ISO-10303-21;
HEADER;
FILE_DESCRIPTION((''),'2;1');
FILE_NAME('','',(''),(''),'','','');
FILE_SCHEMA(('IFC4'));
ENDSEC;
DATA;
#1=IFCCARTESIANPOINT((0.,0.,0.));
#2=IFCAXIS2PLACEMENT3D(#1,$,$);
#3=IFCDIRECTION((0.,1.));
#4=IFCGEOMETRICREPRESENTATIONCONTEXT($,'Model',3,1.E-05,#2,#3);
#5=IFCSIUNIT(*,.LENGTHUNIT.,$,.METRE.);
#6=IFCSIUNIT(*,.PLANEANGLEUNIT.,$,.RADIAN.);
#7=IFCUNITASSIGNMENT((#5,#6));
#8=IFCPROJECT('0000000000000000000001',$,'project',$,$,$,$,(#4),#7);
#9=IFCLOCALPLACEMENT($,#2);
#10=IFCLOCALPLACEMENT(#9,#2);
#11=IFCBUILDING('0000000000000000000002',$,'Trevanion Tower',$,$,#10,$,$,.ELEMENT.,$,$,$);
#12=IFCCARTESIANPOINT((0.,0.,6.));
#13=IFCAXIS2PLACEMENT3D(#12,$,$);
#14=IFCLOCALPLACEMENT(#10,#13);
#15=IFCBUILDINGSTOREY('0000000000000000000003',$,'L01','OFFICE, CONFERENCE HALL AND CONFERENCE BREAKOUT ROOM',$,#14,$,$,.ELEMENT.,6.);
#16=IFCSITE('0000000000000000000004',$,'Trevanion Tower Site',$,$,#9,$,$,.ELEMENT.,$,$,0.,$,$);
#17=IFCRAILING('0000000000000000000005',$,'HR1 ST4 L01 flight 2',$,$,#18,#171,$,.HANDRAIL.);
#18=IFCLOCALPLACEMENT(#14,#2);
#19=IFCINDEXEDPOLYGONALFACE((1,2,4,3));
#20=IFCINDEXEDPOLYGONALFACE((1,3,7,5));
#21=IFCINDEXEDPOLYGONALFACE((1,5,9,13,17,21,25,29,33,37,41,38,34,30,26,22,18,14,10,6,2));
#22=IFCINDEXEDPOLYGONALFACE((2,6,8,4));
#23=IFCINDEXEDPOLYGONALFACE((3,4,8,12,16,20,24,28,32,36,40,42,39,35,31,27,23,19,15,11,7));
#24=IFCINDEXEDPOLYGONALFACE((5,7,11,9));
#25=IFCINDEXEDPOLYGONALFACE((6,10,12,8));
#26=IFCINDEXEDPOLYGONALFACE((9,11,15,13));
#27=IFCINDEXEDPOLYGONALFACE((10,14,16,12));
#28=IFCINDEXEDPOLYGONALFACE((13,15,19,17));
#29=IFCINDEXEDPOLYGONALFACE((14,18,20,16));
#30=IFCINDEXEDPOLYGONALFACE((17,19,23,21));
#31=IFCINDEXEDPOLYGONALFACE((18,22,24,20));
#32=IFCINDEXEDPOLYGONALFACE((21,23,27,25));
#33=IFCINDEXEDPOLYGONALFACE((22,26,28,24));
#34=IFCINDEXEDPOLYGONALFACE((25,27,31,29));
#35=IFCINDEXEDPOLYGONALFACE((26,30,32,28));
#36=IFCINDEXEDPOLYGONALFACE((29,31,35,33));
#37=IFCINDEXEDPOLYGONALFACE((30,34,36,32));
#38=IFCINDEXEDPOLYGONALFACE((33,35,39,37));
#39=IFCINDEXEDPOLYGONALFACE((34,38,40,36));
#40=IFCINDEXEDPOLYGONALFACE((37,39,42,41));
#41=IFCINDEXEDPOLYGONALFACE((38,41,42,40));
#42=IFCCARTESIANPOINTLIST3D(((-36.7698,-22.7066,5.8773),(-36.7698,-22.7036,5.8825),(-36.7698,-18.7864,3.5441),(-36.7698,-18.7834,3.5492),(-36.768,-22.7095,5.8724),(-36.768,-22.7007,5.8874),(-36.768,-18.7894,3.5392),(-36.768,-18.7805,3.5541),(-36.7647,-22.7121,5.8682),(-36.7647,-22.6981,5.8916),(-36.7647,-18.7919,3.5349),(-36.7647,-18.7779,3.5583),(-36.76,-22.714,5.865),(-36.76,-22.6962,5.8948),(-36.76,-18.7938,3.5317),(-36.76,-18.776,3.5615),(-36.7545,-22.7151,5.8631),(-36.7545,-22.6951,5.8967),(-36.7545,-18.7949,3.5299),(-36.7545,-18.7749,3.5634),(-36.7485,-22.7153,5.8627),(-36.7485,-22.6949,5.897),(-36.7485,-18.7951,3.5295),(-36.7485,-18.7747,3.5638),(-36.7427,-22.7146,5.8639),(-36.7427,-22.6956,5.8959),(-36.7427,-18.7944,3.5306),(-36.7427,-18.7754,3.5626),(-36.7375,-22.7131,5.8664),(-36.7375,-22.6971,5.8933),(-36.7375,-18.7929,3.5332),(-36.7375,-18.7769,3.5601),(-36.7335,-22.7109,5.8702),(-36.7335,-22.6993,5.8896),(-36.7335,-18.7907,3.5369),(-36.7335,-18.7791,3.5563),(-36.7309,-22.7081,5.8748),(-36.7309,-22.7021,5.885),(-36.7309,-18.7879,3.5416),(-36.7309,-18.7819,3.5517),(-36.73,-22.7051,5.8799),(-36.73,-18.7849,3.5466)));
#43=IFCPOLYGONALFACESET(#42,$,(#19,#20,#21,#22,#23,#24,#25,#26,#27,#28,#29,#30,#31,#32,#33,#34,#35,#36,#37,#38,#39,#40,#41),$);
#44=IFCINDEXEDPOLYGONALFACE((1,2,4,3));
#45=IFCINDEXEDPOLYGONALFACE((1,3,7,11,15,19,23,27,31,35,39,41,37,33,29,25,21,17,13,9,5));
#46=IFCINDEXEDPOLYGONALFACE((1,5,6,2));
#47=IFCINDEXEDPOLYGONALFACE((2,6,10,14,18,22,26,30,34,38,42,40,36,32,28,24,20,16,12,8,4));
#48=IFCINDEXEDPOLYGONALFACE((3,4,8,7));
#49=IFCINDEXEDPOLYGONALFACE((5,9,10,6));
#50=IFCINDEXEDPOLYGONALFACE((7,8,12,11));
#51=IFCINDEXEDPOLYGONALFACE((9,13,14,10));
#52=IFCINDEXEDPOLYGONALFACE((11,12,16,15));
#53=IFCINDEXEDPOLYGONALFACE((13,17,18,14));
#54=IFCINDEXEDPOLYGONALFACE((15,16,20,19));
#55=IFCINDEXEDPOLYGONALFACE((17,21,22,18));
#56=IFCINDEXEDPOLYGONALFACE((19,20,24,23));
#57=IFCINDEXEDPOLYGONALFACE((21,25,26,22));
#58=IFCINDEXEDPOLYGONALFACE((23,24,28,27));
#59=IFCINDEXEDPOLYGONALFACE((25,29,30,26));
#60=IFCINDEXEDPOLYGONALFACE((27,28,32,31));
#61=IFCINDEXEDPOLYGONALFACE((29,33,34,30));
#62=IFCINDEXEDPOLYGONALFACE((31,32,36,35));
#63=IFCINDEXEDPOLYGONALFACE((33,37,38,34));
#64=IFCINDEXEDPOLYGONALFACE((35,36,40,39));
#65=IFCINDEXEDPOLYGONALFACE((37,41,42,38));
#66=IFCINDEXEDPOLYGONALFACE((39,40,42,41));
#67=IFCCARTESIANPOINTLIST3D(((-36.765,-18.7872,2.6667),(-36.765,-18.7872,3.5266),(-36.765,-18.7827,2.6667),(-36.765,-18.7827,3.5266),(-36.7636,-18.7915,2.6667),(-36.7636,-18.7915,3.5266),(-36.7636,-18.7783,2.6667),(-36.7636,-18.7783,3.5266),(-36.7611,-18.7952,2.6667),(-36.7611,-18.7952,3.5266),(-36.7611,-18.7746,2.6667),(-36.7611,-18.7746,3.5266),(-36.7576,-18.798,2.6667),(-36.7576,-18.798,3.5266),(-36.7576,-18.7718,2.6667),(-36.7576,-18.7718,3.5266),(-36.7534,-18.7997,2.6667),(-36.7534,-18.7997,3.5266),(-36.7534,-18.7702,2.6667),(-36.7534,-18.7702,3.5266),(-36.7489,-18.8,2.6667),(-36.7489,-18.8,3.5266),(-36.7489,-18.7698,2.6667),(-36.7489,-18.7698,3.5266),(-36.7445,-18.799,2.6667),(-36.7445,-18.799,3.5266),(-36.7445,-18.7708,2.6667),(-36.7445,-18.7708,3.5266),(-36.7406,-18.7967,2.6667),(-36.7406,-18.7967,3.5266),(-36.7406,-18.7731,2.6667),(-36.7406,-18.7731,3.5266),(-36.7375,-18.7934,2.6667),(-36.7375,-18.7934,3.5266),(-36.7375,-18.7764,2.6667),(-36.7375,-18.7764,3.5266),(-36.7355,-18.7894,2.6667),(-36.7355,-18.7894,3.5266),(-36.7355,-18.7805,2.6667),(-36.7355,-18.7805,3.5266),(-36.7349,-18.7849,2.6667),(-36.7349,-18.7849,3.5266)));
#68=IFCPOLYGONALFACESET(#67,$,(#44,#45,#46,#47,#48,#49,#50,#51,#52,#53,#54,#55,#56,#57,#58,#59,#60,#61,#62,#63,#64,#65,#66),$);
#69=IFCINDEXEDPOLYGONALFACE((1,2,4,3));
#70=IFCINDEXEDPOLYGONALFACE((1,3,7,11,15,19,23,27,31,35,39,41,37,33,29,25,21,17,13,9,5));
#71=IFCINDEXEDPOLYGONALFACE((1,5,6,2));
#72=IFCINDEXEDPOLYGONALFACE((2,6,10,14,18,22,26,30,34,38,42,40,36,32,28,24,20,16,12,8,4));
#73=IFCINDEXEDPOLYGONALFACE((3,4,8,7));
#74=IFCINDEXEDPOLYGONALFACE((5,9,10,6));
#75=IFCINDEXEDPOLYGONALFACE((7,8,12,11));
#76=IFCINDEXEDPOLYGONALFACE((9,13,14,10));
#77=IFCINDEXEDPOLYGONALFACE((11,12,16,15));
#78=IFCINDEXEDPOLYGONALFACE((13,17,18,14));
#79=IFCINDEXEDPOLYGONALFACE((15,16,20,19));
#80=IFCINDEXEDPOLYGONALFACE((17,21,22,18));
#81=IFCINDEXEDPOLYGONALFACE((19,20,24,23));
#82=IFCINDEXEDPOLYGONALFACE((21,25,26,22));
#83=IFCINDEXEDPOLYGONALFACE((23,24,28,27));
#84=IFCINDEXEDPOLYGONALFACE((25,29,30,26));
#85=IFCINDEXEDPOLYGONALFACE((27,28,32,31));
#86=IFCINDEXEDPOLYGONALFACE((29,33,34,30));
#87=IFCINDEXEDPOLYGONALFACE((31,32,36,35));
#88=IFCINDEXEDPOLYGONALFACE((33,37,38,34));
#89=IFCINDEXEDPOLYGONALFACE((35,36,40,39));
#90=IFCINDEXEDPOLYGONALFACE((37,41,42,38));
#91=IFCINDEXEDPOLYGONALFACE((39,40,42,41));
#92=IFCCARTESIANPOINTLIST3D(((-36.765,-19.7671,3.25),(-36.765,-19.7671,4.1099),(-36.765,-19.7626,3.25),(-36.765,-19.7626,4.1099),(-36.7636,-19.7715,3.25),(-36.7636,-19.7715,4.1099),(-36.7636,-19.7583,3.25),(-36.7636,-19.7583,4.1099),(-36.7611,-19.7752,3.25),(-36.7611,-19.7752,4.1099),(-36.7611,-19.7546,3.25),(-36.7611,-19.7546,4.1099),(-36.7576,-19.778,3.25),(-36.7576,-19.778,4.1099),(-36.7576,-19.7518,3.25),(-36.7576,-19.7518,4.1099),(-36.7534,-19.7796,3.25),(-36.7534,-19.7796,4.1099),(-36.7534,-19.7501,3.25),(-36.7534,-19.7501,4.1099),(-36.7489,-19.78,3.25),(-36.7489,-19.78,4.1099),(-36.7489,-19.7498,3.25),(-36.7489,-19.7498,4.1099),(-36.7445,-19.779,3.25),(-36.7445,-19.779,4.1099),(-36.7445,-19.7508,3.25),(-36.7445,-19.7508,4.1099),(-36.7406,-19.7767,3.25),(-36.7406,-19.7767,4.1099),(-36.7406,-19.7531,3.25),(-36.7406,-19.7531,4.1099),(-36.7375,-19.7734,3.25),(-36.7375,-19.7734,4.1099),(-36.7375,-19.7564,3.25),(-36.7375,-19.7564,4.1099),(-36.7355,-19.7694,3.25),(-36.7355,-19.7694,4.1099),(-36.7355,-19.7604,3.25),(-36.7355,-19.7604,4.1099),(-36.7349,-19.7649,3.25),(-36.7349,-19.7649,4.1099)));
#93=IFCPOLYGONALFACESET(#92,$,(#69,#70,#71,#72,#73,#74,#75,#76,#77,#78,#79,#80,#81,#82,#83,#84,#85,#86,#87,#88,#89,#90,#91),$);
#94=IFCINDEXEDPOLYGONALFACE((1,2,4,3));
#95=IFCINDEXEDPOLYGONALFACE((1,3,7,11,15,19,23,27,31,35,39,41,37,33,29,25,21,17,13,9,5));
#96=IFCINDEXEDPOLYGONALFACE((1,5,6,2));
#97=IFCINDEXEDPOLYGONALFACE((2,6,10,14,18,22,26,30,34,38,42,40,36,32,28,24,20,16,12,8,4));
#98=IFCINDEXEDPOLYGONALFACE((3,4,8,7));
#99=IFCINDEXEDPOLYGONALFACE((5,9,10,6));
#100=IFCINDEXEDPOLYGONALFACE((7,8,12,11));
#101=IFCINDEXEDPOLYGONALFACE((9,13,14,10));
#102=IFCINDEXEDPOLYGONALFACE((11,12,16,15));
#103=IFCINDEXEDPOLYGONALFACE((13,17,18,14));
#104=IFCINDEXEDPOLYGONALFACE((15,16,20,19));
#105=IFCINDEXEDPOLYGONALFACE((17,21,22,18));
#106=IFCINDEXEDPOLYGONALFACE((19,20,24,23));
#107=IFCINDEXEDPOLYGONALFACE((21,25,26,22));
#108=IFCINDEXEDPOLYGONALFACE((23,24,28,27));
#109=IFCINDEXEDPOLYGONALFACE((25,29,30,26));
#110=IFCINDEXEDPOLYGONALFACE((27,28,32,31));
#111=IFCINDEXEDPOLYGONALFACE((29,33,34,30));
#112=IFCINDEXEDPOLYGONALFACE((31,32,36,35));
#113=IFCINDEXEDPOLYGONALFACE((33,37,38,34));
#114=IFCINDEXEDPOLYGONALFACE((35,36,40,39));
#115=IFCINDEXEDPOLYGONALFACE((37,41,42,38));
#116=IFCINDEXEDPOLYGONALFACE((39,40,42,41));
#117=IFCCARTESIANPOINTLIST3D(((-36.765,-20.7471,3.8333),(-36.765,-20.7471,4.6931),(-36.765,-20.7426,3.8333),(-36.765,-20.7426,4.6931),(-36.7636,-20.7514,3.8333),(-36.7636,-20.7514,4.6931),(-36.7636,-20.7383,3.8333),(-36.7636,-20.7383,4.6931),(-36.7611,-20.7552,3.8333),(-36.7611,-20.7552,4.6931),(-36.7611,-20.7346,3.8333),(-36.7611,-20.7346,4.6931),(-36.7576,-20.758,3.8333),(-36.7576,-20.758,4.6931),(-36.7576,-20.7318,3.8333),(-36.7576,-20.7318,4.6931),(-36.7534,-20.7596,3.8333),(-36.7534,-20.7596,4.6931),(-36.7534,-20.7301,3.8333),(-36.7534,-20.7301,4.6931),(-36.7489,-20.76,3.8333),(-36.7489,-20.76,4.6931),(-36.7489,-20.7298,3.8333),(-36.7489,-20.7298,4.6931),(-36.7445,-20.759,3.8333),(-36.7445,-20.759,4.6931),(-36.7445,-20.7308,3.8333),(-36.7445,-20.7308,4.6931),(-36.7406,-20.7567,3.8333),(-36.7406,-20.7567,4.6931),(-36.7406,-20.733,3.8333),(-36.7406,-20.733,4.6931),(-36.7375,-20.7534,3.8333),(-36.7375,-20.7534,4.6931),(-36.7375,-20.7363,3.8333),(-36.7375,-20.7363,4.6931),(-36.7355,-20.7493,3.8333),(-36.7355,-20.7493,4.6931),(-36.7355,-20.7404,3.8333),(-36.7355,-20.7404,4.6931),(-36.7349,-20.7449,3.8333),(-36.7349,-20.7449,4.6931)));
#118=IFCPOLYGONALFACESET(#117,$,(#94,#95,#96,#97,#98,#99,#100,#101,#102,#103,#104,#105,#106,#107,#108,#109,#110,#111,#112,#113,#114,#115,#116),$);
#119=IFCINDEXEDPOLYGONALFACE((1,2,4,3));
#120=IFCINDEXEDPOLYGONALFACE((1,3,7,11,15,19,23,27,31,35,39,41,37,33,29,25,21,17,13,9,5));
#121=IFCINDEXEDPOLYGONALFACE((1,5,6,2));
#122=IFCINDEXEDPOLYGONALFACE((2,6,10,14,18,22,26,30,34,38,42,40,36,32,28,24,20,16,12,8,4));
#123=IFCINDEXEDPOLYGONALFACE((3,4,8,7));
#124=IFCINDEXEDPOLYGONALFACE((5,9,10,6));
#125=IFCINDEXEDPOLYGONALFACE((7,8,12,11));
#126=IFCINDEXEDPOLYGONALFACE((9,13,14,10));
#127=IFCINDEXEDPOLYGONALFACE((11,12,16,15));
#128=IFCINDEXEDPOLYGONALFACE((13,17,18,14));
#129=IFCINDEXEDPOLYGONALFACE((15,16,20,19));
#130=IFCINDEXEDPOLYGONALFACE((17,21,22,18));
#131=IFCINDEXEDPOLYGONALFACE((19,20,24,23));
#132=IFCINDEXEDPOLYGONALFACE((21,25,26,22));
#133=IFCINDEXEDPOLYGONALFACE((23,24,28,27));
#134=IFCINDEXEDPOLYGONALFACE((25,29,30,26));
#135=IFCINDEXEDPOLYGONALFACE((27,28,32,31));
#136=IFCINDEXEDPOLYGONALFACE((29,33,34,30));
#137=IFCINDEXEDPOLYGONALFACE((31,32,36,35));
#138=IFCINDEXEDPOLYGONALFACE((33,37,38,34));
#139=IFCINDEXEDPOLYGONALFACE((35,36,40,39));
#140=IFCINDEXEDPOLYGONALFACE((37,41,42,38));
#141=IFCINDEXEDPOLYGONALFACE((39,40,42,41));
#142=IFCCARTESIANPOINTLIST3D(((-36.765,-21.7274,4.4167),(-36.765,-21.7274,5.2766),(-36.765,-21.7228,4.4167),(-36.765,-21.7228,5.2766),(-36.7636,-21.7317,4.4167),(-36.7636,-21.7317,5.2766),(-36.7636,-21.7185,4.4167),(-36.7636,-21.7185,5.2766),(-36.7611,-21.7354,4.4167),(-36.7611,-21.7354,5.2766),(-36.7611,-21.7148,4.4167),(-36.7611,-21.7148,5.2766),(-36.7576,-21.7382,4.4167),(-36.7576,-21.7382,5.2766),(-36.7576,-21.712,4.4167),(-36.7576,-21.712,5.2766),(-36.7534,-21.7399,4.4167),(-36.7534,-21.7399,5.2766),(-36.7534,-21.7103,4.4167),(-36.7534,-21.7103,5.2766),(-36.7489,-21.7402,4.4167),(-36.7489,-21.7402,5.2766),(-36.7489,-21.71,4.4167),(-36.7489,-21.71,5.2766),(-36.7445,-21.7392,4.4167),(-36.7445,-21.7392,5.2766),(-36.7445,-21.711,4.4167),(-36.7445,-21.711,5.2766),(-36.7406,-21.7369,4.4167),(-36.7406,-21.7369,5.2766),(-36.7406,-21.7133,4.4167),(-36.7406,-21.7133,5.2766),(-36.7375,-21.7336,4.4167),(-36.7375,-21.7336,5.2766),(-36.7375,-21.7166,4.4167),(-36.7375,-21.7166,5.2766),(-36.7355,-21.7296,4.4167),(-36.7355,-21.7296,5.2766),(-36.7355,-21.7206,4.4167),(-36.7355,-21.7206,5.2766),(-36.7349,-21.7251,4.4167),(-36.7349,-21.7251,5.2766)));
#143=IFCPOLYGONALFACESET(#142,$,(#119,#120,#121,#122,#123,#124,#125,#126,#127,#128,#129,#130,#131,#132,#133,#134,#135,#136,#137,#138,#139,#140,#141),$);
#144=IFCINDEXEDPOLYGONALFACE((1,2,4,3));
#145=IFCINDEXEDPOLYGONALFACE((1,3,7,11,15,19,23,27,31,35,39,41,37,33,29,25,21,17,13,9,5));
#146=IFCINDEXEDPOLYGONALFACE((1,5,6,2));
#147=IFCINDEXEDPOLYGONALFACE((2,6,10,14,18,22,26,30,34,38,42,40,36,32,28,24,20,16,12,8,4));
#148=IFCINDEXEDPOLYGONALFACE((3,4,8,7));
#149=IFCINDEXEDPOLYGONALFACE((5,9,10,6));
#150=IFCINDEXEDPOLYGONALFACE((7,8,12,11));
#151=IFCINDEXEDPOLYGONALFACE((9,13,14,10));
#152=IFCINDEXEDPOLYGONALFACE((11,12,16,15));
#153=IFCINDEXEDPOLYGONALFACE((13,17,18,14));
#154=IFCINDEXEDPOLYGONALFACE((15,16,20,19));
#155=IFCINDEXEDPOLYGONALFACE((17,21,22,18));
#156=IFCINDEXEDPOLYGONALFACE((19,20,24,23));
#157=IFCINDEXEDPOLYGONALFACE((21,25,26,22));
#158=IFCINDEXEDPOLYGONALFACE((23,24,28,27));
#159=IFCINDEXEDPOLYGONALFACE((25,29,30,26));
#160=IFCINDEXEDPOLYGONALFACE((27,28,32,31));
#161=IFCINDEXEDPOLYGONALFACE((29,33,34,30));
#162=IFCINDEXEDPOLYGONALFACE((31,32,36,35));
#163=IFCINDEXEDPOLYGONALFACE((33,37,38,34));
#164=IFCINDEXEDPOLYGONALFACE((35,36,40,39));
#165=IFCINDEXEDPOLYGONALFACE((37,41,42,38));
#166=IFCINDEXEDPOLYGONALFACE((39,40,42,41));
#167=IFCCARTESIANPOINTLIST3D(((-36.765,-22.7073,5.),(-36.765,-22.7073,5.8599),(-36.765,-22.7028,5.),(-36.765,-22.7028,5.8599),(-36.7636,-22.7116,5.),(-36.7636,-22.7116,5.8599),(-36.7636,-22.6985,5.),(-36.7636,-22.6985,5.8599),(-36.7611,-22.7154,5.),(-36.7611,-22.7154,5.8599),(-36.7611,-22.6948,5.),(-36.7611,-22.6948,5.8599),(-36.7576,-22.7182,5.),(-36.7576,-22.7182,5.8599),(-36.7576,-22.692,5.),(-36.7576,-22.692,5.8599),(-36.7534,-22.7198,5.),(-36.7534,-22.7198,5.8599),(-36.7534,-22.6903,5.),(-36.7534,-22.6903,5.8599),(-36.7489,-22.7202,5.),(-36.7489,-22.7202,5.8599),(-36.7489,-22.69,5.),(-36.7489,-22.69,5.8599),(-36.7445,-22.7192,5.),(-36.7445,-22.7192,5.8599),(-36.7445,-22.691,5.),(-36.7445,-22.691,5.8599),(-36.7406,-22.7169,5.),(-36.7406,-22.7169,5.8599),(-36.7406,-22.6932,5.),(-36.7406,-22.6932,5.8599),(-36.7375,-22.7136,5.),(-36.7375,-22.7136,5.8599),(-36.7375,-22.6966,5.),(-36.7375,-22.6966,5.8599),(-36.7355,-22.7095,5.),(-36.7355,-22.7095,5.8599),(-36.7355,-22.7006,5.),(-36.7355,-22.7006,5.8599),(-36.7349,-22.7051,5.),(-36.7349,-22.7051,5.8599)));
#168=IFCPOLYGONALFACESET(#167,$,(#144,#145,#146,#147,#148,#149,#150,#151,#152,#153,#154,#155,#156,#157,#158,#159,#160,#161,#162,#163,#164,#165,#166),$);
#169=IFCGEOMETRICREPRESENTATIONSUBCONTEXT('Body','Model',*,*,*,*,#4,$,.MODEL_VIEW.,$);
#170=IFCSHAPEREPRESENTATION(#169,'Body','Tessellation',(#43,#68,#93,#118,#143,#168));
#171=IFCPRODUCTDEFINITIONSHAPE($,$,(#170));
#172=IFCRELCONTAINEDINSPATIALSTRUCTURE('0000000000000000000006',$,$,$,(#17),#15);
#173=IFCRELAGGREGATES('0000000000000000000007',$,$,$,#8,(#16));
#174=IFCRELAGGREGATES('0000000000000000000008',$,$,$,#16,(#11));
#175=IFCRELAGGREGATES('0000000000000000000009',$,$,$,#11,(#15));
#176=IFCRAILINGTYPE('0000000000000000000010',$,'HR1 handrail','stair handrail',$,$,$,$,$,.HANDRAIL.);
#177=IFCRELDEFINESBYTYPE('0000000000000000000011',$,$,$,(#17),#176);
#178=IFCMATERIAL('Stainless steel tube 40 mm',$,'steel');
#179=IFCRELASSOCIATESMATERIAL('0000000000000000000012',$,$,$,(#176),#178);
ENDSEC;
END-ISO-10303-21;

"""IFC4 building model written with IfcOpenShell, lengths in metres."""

from ifc_helpers import new_model, si_unit, direction, frame, origin, origin_2d, place, context, subcontext, project, spatial, circle, extrude, material, type_object, element, save


model = new_model("IFC4")

# Units and contexts
model_context = context("Model", 3, precision=1e-05, world=origin(), true_north=direction((0.0, 1.0)))
body_context = subcontext(model_context, "Body", "Model", "MODEL_VIEW")
ifc_project = project(units=[si_unit("LENGTHUNIT", "METRE"), si_unit("PLANEANGLEUNIT", "RADIAN")], contexts=[model_context])

# Site, building, storey
site_placement = place(None, origin())
site = spatial("IfcSite", under=ifc_project, at=site_placement, Name="Trevanion Tower Site", CompositionType="ELEMENT", RefElevation=0.0)
building_placement = place(site_placement, origin())
building = spatial("IfcBuilding", under=site, at=building_placement, Name="Trevanion Tower", CompositionType="ELEMENT")
storey_placement = place(building_placement, frame((0.0, 0.0, 6.0)))
storey = spatial("IfcBuildingStorey", under=building, at=storey_placement, Name="L01", Description="OFFICE, CONFERENCE HALL AND CONFERENCE BREAKOUT ROOM", CompositionType="ELEMENT", Elevation=6.0)

# Railing
ifc_material_1 = material(Name="Stainless steel tube 40 mm", Category="steel")
railing_type_1 = type_object("IfcRailingType", Name="HR1 handrail", Description="stair handrail", PredefinedType="HANDRAIL", material=ifc_material_1)
for number, where, name in (
    (1, (-36.75, -18.7849, 2.6667), "HR1 ST4 L01 flight 2"),
):
    element("IfcRailing", number, at=place(storey_placement, frame(where)), inside=storey, type_object=railing_type_1, Name=name, PredefinedType="HANDRAIL", context=body_context, shape_type="SweptSolid", body=[
        extrude(circle(Radius=0.02, at=origin_2d()), frame((0.0, 0.0, 0.8799), z_axis=(0.0, -0.85931, 0.511455), x_axis=(1.0, 0.0, 0.0)), (0.0, 0.0, 1.0), 4.562),
        extrude(circle(Radius=0.0151, at=origin_2d()), origin(), (0.0, 0.0, 1.0), 0.8599),
        extrude(circle(Radius=0.0151, at=origin_2d()), frame((0.0, -0.98, 0.5833)), (0.0, 0.0, 1.0), 0.8599),
        extrude(circle(Radius=0.0151, at=origin_2d()), frame((0.0, -1.96, 1.1665)), (0.0, 0.0, 1.0), 0.8599),
        extrude(circle(Radius=0.0151, at=origin_2d()), frame((0.0, -2.9402, 1.75)), (0.0, 0.0, 1.0), 0.8599),
        extrude(circle(Radius=0.0151, at=origin_2d()), frame((0.0, -3.9202, 2.3333)), (0.0, 0.0, 1.0), 0.8599),
    ])

save(model, "model.ifc")
